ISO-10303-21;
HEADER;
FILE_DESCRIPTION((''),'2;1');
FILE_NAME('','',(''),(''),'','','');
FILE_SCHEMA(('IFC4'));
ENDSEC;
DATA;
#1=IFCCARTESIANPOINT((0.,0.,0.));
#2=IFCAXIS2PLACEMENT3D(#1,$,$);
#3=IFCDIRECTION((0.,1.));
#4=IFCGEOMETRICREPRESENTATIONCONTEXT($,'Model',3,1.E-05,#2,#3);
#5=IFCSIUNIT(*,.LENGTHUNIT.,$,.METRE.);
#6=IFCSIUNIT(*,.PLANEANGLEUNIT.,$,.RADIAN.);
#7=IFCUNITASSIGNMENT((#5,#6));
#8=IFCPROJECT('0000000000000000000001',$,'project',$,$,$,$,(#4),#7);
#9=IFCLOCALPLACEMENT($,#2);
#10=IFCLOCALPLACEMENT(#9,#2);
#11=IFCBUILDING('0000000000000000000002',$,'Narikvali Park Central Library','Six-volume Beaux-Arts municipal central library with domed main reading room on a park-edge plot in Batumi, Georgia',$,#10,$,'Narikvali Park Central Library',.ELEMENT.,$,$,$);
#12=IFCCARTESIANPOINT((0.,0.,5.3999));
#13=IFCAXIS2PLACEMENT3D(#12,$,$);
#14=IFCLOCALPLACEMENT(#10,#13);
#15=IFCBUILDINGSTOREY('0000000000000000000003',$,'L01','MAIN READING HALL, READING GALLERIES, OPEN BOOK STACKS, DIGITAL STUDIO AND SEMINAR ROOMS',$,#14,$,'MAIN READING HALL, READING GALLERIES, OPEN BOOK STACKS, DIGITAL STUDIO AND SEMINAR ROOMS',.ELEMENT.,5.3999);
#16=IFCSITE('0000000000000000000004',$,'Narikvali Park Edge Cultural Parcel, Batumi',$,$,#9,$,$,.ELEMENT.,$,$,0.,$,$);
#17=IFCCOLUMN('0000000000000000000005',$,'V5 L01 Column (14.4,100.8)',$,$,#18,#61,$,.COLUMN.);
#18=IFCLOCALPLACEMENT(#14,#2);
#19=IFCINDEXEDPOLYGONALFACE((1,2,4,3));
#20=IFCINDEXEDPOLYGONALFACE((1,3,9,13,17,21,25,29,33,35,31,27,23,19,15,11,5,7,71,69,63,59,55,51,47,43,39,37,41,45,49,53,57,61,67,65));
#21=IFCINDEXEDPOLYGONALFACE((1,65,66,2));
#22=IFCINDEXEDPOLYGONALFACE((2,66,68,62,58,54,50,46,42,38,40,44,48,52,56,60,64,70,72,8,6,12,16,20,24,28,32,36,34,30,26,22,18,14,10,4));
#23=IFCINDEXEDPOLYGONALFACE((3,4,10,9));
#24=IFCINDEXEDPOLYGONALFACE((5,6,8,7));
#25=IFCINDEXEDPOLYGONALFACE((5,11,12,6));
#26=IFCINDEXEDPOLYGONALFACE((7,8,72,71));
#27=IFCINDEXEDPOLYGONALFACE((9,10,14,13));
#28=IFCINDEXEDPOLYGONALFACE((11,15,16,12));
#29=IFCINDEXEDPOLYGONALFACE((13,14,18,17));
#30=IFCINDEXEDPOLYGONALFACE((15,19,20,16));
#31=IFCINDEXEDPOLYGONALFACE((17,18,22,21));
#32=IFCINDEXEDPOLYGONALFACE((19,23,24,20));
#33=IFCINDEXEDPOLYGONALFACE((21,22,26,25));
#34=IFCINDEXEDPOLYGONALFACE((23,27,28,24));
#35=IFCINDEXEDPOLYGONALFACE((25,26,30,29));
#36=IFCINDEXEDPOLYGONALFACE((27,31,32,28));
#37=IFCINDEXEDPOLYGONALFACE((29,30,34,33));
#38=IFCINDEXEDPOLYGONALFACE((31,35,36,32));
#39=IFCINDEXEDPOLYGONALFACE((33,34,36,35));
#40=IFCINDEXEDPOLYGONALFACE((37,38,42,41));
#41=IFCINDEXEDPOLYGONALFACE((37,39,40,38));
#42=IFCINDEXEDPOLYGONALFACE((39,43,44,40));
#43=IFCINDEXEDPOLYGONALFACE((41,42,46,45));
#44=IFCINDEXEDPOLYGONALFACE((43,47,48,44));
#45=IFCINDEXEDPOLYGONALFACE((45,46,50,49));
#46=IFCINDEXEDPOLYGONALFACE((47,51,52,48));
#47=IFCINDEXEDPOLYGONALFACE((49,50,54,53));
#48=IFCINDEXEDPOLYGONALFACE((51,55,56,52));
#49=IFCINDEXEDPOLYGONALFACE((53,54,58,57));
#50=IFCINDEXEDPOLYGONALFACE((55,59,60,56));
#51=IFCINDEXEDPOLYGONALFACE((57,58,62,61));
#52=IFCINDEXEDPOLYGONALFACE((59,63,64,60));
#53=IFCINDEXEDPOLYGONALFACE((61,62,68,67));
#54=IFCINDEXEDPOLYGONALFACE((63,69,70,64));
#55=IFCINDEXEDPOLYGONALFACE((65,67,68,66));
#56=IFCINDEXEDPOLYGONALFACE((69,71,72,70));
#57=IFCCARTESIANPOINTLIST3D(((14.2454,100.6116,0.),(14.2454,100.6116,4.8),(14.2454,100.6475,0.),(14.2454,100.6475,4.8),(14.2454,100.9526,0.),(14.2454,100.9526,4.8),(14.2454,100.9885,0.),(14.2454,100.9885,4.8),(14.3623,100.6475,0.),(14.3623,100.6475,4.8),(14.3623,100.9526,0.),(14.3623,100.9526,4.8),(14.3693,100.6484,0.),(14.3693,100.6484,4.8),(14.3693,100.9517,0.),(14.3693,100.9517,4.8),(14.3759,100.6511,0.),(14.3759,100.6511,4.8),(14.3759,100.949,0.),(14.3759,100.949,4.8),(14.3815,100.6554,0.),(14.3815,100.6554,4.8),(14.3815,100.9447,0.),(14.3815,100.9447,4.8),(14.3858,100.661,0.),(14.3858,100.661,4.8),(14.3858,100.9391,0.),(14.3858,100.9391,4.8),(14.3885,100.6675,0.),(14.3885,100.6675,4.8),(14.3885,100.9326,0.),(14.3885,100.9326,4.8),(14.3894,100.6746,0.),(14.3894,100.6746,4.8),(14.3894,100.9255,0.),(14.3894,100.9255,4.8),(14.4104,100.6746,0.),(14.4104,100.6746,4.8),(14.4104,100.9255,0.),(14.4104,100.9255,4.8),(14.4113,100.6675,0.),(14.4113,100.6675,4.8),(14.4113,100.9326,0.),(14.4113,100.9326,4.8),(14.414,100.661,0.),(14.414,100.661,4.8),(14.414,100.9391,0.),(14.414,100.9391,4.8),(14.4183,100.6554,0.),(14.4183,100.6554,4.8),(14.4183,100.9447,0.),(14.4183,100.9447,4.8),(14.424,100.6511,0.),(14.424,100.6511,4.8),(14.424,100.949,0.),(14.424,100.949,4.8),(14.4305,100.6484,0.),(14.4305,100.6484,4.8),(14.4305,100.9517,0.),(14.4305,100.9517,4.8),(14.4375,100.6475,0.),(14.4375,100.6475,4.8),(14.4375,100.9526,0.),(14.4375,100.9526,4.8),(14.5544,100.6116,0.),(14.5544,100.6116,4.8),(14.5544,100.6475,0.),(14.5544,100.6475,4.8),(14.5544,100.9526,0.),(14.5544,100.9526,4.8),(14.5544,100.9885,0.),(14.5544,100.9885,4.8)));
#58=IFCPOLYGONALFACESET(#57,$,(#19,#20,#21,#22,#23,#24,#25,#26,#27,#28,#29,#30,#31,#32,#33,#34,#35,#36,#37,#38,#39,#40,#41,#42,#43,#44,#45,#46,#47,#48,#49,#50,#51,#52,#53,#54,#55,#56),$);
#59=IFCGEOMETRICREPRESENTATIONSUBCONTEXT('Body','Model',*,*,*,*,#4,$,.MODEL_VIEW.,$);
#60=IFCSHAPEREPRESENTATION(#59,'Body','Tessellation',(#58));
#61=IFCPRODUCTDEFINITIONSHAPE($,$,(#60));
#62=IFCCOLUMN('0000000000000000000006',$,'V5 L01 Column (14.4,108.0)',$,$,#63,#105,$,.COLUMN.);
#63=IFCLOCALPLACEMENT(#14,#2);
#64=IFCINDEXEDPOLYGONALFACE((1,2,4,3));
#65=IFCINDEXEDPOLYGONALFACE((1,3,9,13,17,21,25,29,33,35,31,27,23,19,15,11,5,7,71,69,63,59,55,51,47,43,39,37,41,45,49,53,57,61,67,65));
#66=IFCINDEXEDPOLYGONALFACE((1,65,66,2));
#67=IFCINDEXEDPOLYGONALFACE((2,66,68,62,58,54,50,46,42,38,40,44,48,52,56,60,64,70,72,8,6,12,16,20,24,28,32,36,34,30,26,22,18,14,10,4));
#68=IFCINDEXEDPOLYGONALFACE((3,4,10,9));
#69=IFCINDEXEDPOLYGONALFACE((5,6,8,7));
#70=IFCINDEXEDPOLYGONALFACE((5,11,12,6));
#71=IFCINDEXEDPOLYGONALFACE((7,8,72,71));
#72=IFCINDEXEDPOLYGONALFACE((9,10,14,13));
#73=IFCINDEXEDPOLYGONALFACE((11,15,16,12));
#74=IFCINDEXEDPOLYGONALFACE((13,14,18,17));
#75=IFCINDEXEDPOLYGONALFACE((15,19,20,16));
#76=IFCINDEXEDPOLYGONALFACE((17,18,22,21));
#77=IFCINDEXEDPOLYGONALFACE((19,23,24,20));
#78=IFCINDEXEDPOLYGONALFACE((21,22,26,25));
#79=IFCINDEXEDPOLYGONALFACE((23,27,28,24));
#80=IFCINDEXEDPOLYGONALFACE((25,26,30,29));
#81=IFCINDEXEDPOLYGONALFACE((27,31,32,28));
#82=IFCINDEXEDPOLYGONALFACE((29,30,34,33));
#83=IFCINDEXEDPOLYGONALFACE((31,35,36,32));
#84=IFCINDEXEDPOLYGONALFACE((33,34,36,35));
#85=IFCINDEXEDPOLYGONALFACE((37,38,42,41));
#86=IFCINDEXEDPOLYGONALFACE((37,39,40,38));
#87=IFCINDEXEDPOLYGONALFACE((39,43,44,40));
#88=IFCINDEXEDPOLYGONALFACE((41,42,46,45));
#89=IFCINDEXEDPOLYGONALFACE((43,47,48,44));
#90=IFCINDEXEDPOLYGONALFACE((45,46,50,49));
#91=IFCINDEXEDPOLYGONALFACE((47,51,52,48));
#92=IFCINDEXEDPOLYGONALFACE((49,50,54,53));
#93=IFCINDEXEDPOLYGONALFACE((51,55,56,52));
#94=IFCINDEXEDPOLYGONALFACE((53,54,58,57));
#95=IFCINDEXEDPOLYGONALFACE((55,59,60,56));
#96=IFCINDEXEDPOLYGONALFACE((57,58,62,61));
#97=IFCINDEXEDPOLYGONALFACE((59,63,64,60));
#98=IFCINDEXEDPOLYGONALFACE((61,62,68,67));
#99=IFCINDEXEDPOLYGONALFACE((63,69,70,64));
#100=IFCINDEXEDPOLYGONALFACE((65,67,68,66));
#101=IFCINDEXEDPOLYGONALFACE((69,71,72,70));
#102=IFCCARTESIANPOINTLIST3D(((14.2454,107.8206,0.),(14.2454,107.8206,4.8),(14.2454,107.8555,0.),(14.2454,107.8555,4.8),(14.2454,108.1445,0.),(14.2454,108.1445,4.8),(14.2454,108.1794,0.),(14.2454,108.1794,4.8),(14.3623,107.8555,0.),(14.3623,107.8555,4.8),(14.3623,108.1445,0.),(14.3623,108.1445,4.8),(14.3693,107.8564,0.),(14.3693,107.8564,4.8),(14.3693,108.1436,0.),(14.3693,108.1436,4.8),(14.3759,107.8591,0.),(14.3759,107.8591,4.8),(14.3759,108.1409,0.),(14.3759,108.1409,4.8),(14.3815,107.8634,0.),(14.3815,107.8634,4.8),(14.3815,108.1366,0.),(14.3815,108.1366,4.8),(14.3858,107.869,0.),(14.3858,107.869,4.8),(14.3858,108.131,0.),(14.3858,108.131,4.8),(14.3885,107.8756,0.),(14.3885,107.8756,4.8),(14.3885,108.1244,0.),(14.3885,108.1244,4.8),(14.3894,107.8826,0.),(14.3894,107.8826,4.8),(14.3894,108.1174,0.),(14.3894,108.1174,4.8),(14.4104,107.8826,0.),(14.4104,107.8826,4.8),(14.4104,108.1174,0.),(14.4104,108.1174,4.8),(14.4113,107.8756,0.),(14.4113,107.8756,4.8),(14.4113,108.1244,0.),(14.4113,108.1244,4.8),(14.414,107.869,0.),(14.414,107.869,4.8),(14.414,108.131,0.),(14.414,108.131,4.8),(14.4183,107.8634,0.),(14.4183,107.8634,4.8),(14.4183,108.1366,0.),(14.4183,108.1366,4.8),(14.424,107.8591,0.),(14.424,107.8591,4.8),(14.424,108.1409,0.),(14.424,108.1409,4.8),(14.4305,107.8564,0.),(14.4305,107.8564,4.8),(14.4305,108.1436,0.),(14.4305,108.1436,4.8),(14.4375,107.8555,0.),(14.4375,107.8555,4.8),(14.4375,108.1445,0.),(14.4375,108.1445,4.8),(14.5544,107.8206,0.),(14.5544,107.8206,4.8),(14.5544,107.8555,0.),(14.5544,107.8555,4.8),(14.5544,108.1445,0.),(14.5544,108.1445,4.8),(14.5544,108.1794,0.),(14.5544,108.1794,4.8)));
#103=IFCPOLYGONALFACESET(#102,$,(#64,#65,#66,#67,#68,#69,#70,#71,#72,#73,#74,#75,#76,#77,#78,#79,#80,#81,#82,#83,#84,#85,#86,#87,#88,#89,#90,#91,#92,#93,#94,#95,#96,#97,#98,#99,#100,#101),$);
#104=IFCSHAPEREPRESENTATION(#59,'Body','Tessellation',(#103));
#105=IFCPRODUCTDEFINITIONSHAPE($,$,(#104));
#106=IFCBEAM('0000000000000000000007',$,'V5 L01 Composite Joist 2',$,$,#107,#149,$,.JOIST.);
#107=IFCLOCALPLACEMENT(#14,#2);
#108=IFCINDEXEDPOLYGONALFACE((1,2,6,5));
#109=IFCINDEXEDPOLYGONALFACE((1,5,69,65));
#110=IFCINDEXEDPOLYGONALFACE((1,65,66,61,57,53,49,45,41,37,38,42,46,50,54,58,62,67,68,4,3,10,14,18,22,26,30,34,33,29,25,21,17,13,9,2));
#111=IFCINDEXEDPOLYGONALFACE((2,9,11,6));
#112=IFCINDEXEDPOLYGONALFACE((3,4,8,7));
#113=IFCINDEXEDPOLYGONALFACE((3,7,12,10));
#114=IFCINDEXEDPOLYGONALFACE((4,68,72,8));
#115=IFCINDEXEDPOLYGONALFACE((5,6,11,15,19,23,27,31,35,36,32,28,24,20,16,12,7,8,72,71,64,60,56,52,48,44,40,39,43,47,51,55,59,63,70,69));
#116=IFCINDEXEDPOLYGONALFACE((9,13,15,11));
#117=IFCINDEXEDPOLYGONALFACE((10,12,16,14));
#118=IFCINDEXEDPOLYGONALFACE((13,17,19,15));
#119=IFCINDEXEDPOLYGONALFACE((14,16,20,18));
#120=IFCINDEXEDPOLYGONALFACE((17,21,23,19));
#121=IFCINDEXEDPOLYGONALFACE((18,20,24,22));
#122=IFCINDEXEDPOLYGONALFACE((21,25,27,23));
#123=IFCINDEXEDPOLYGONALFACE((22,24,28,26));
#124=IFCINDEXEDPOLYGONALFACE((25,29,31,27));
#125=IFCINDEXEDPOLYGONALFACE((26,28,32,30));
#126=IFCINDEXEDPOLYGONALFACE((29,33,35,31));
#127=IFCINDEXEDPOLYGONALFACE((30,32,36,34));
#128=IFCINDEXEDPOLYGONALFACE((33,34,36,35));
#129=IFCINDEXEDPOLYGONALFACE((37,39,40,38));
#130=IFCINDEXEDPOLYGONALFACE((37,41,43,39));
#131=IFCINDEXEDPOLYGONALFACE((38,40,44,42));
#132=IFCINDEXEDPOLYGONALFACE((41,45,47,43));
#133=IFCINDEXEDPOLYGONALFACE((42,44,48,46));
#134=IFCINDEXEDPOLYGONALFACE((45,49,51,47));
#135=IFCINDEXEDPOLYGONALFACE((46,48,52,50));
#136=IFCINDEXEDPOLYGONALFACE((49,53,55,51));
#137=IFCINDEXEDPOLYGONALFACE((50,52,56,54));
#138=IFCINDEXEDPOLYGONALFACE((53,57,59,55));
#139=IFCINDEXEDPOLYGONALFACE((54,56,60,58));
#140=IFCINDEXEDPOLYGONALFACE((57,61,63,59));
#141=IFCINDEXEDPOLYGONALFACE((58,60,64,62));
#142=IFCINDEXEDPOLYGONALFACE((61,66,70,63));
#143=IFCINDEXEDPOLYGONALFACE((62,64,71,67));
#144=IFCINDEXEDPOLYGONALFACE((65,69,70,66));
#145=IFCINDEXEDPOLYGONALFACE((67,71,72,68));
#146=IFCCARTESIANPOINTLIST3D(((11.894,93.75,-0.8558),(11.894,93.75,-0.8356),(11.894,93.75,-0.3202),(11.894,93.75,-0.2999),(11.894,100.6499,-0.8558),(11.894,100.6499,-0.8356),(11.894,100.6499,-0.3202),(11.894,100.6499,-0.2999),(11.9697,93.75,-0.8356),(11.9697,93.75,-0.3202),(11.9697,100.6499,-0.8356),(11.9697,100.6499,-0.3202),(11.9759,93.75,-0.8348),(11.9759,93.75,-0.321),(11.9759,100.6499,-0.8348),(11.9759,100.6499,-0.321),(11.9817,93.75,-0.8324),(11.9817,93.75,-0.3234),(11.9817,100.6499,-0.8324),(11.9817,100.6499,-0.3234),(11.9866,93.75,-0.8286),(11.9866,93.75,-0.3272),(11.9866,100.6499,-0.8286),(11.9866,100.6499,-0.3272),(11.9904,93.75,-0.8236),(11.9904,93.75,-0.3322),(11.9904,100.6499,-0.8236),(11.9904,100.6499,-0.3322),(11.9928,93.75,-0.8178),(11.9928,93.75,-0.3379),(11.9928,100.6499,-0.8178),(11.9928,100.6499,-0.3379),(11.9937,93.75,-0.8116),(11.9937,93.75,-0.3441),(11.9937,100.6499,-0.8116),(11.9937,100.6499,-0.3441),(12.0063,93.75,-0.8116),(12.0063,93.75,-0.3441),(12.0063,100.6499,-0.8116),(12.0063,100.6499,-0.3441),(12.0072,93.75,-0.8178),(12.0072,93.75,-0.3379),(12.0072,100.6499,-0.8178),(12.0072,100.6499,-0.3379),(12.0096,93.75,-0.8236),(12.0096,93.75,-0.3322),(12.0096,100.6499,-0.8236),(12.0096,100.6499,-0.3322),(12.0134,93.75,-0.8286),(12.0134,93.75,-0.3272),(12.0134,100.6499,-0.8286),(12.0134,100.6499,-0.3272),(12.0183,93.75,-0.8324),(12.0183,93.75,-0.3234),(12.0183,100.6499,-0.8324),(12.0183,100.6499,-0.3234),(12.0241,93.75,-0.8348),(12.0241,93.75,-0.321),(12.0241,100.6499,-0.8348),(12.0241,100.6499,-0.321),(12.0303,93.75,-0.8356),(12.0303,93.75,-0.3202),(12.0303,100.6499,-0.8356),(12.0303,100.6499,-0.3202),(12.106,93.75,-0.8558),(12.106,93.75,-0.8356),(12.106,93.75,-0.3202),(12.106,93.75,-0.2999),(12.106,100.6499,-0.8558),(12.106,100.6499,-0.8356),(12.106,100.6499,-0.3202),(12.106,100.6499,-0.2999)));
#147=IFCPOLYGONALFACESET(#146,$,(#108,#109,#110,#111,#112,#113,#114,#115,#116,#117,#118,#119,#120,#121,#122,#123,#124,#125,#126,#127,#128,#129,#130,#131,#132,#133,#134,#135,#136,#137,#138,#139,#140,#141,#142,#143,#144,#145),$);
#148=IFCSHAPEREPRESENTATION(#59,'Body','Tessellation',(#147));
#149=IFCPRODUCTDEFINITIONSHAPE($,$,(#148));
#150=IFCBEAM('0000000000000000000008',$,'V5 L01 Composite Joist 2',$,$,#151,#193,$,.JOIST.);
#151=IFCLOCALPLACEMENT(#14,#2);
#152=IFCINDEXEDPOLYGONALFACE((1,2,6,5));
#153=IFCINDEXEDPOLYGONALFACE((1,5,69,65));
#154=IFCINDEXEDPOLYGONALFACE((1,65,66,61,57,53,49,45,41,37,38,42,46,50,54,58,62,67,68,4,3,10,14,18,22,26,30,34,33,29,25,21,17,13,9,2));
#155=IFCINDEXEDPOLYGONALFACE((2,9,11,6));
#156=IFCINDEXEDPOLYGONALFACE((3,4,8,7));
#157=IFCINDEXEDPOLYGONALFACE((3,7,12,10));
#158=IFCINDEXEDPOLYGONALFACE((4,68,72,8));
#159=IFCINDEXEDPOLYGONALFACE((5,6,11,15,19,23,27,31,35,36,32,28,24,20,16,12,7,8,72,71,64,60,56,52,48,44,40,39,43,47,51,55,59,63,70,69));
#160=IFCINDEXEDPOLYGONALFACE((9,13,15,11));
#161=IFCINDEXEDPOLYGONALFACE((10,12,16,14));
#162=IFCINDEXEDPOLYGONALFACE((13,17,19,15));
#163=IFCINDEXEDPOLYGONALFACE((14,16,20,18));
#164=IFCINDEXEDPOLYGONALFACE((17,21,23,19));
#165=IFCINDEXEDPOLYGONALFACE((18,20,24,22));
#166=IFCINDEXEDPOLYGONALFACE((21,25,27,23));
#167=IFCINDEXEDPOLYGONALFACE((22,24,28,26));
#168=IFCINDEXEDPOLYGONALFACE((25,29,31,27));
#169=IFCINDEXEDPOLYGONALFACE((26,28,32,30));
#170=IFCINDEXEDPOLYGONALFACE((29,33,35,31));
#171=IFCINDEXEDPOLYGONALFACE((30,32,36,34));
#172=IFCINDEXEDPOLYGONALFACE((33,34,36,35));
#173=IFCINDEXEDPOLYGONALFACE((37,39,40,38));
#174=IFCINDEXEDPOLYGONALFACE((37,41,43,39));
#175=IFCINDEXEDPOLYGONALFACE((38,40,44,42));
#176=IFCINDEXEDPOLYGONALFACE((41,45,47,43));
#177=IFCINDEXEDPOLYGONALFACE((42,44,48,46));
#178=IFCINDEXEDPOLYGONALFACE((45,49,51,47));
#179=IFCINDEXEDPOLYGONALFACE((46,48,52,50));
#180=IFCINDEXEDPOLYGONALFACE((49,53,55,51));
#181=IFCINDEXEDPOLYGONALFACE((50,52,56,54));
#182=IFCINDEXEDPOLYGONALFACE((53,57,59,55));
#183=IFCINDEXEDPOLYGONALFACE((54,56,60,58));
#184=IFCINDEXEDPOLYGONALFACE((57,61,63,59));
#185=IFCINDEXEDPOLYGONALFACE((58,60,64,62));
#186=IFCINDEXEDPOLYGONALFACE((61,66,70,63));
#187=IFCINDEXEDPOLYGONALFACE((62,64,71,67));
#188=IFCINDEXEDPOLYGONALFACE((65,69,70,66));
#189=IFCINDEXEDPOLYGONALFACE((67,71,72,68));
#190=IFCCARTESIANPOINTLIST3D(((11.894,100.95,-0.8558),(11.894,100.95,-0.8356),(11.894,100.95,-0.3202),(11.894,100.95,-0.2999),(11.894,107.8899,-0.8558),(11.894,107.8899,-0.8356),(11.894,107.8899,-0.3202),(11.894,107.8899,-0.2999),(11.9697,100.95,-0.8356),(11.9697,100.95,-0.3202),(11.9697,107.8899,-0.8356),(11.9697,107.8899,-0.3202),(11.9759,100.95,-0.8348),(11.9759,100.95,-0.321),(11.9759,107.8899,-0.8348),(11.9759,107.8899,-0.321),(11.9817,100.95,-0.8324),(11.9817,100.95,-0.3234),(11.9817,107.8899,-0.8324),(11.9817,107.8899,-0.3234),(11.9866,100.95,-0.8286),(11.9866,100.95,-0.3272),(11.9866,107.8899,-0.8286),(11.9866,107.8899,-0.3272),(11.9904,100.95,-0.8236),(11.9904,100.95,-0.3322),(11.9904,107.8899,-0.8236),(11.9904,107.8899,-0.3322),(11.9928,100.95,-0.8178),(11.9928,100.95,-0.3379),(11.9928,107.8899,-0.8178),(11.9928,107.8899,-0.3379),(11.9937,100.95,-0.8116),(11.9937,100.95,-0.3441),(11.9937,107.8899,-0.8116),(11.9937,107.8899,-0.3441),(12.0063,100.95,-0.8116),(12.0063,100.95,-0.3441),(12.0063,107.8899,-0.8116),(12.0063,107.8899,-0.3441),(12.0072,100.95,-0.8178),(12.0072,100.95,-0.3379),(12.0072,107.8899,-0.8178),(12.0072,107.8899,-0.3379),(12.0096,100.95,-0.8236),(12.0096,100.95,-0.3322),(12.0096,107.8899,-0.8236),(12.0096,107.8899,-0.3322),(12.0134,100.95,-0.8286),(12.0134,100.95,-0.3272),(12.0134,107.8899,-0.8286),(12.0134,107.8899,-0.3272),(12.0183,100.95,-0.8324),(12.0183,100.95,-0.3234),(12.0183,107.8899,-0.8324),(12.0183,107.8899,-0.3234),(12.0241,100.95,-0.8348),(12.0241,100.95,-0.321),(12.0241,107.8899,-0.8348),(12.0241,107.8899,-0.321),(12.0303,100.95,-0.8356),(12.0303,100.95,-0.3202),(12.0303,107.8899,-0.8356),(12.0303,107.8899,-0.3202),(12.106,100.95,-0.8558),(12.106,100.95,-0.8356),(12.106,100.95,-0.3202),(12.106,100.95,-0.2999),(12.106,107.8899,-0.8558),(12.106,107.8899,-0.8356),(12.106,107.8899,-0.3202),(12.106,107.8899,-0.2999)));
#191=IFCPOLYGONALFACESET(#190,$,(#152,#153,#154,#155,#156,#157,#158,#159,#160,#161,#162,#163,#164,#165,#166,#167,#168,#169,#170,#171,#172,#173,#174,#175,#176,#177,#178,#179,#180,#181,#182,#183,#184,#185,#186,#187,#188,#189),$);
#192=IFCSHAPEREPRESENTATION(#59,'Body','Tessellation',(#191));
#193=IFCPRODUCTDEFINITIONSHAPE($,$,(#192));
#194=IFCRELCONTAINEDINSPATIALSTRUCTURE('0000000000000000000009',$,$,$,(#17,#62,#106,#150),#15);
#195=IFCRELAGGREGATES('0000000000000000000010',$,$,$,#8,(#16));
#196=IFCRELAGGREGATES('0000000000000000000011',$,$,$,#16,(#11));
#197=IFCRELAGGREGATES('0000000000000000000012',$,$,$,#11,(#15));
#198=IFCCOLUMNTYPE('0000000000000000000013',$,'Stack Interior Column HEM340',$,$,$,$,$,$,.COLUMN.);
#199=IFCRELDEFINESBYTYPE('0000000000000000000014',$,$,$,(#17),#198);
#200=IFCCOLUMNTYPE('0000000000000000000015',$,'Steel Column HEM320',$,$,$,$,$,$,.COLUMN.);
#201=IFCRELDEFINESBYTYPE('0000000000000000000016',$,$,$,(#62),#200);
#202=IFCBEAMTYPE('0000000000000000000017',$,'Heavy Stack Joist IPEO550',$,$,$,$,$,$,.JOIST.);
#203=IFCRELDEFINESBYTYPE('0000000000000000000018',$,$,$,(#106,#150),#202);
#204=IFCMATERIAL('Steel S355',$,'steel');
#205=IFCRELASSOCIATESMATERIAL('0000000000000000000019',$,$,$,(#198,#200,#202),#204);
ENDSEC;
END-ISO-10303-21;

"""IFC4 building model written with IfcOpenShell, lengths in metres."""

from ifc_helpers import new_model, si_unit, direction, frame, origin, origin_2d, place, context, subcontext, project, spatial, i_section, extrude, material, material_profile, profile_set, type_object, element, save


model = new_model("IFC4")

# Units and contexts
model_context = context("Model", 3, precision=1e-05, world=origin(), true_north=direction((0.0, 1.0)))
body_context = subcontext(model_context, "Body", "Model", "MODEL_VIEW")
ifc_project = project(units=[si_unit("LENGTHUNIT", "METRE"), si_unit("PLANEANGLEUNIT", "RADIAN")], contexts=[model_context])

# Site, building, storey
site_placement = place(None, origin())
site = spatial("IfcSite", under=ifc_project, at=site_placement, Name="Narikvali Park Edge Cultural Parcel, Batumi", CompositionType="ELEMENT", RefElevation=0.0)
building_placement = place(site_placement, origin())
building = spatial("IfcBuilding", under=site, at=building_placement, Name="Narikvali Park Central Library", Description="Six-volume Beaux-Arts municipal central library with domed main reading room on a park-edge plot in Batumi, Georgia", LongName="Narikvali Park Central Library", CompositionType="ELEMENT")
storey_placement = place(building_placement, frame((0.0, 0.0, 5.3999)))
storey = spatial("IfcBuildingStorey", under=building, at=storey_placement, Name="L01", Description="MAIN READING HALL, READING GALLERIES, OPEN BOOK STACKS, DIGITAL STUDIO AND SEMINAR ROOMS", LongName="MAIN READING HALL, READING GALLERIES, OPEN BOOK STACKS, DIGITAL STUDIO AND SEMINAR ROOMS", CompositionType="ELEMENT", Elevation=5.3999)

# Columns
ifc_material_1 = material(Name="Steel S355", Category="steel")
ifc_material_profile_1 = material_profile(ifc_material_1, i_section(OverallWidth=0.3091, OverallDepth=0.377, WebThickness=0.021, FlangeThickness=0.0359, FilletRadius=0.0271, at=origin_2d()), Name="HEM 340")
ifc_profile_set_1 = profile_set([ifc_material_profile_1], Name="Steel S355")
column_type_1 = type_object("IfcColumnType", Name="Stack Interior Column HEM340", PredefinedType="COLUMN", material=ifc_profile_set_1)
column_1_placement = place(storey_placement, frame((14.3999, 100.8, 0.0), z_axis=(0.0, 0.0, 1.0), x_axis=(1.0, 0.0, 0.0)))
element("IfcColumn", 1, at=column_1_placement, inside=storey, type_object=column_type_1, Name="V5 L01 Column (14.4,100.8)", PredefinedType="COLUMN", context=body_context, shape_type="SweptSolid", body=[
    extrude(i_section(OverallWidth=0.3091, OverallDepth=0.377, WebThickness=0.021, FlangeThickness=0.0359, FilletRadius=0.0271, at=origin_2d()), origin(), (0.0, 0.0, 1.0), 4.8),
])
ifc_material_profile_2 = material_profile(ifc_material_1, i_section(OverallWidth=0.3091, OverallDepth=0.3589, WebThickness=0.021, FlangeThickness=0.0349, FilletRadius=0.0271, at=origin_2d()), Name="HEM 320")
ifc_profile_set_2 = profile_set([ifc_material_profile_2], Name="Steel S355")
column_type_2 = type_object("IfcColumnType", Name="Steel Column HEM320", PredefinedType="COLUMN", material=ifc_profile_set_2)
column_2_placement = place(storey_placement, frame((14.3999, 108.0, 0.0), z_axis=(0.0, 0.0, 1.0), x_axis=(1.0, 0.0, 0.0)))
element("IfcColumn", 2, at=column_2_placement, inside=storey, type_object=column_type_2, Name="V5 L01 Column (14.4,108.0)", PredefinedType="COLUMN", context=body_context, shape_type="SweptSolid", body=[
    extrude(i_section(OverallWidth=0.3091, OverallDepth=0.3589, WebThickness=0.021, FlangeThickness=0.0349, FilletRadius=0.0271, at=origin_2d()), origin(), (0.0, 0.0, 1.0), 4.8),
])

# Beams
ifc_material_profile_3 = material_profile(ifc_material_1, i_section(OverallWidth=0.2119, OverallDepth=0.5559, WebThickness=0.0127, FlangeThickness=0.0203, FilletRadius=0.0239, at=origin_2d()), Name="IPEO 550")
ifc_profile_set_3 = profile_set([ifc_material_profile_3], Name="Steel S355")
beam_type_1 = type_object("IfcBeamType", Name="Heavy Stack Joist IPEO550", PredefinedType="JOIST", material=ifc_profile_set_3)
beam_1_placement = place(storey_placement, frame((12.0, 93.75, -0.5779), z_axis=(0.0, 1.0, 0.0), x_axis=(-1.0, 0.0, 0.0)))
element("IfcBeam", 3, at=beam_1_placement, inside=storey, type_object=beam_type_1, Name="V5 L01 Composite Joist 2", PredefinedType="JOIST", context=body_context, shape_type="SweptSolid", body=[
    extrude(i_section(OverallWidth=0.2119, OverallDepth=0.5559, WebThickness=0.0127, FlangeThickness=0.0203, FilletRadius=0.0239, at=origin_2d()), origin(), (0.0, 0.0, 1.0), 6.8999),
])
beam_2_placement = place(storey_placement, frame((12.0, 100.95, -0.5779), z_axis=(0.0, 1.0, 0.0), x_axis=(-1.0, 0.0, 0.0)))
element("IfcBeam", 4, at=beam_2_placement, inside=storey, type_object=beam_type_1, Name="V5 L01 Composite Joist 2", PredefinedType="JOIST", context=body_context, shape_type="SweptSolid", body=[
    extrude(i_section(OverallWidth=0.2119, OverallDepth=0.5559, WebThickness=0.0127, FlangeThickness=0.0203, FilletRadius=0.0239, at=origin_2d()), origin(), (0.0, 0.0, 1.0), 6.9399),
])

save(model, "model.ifc")
